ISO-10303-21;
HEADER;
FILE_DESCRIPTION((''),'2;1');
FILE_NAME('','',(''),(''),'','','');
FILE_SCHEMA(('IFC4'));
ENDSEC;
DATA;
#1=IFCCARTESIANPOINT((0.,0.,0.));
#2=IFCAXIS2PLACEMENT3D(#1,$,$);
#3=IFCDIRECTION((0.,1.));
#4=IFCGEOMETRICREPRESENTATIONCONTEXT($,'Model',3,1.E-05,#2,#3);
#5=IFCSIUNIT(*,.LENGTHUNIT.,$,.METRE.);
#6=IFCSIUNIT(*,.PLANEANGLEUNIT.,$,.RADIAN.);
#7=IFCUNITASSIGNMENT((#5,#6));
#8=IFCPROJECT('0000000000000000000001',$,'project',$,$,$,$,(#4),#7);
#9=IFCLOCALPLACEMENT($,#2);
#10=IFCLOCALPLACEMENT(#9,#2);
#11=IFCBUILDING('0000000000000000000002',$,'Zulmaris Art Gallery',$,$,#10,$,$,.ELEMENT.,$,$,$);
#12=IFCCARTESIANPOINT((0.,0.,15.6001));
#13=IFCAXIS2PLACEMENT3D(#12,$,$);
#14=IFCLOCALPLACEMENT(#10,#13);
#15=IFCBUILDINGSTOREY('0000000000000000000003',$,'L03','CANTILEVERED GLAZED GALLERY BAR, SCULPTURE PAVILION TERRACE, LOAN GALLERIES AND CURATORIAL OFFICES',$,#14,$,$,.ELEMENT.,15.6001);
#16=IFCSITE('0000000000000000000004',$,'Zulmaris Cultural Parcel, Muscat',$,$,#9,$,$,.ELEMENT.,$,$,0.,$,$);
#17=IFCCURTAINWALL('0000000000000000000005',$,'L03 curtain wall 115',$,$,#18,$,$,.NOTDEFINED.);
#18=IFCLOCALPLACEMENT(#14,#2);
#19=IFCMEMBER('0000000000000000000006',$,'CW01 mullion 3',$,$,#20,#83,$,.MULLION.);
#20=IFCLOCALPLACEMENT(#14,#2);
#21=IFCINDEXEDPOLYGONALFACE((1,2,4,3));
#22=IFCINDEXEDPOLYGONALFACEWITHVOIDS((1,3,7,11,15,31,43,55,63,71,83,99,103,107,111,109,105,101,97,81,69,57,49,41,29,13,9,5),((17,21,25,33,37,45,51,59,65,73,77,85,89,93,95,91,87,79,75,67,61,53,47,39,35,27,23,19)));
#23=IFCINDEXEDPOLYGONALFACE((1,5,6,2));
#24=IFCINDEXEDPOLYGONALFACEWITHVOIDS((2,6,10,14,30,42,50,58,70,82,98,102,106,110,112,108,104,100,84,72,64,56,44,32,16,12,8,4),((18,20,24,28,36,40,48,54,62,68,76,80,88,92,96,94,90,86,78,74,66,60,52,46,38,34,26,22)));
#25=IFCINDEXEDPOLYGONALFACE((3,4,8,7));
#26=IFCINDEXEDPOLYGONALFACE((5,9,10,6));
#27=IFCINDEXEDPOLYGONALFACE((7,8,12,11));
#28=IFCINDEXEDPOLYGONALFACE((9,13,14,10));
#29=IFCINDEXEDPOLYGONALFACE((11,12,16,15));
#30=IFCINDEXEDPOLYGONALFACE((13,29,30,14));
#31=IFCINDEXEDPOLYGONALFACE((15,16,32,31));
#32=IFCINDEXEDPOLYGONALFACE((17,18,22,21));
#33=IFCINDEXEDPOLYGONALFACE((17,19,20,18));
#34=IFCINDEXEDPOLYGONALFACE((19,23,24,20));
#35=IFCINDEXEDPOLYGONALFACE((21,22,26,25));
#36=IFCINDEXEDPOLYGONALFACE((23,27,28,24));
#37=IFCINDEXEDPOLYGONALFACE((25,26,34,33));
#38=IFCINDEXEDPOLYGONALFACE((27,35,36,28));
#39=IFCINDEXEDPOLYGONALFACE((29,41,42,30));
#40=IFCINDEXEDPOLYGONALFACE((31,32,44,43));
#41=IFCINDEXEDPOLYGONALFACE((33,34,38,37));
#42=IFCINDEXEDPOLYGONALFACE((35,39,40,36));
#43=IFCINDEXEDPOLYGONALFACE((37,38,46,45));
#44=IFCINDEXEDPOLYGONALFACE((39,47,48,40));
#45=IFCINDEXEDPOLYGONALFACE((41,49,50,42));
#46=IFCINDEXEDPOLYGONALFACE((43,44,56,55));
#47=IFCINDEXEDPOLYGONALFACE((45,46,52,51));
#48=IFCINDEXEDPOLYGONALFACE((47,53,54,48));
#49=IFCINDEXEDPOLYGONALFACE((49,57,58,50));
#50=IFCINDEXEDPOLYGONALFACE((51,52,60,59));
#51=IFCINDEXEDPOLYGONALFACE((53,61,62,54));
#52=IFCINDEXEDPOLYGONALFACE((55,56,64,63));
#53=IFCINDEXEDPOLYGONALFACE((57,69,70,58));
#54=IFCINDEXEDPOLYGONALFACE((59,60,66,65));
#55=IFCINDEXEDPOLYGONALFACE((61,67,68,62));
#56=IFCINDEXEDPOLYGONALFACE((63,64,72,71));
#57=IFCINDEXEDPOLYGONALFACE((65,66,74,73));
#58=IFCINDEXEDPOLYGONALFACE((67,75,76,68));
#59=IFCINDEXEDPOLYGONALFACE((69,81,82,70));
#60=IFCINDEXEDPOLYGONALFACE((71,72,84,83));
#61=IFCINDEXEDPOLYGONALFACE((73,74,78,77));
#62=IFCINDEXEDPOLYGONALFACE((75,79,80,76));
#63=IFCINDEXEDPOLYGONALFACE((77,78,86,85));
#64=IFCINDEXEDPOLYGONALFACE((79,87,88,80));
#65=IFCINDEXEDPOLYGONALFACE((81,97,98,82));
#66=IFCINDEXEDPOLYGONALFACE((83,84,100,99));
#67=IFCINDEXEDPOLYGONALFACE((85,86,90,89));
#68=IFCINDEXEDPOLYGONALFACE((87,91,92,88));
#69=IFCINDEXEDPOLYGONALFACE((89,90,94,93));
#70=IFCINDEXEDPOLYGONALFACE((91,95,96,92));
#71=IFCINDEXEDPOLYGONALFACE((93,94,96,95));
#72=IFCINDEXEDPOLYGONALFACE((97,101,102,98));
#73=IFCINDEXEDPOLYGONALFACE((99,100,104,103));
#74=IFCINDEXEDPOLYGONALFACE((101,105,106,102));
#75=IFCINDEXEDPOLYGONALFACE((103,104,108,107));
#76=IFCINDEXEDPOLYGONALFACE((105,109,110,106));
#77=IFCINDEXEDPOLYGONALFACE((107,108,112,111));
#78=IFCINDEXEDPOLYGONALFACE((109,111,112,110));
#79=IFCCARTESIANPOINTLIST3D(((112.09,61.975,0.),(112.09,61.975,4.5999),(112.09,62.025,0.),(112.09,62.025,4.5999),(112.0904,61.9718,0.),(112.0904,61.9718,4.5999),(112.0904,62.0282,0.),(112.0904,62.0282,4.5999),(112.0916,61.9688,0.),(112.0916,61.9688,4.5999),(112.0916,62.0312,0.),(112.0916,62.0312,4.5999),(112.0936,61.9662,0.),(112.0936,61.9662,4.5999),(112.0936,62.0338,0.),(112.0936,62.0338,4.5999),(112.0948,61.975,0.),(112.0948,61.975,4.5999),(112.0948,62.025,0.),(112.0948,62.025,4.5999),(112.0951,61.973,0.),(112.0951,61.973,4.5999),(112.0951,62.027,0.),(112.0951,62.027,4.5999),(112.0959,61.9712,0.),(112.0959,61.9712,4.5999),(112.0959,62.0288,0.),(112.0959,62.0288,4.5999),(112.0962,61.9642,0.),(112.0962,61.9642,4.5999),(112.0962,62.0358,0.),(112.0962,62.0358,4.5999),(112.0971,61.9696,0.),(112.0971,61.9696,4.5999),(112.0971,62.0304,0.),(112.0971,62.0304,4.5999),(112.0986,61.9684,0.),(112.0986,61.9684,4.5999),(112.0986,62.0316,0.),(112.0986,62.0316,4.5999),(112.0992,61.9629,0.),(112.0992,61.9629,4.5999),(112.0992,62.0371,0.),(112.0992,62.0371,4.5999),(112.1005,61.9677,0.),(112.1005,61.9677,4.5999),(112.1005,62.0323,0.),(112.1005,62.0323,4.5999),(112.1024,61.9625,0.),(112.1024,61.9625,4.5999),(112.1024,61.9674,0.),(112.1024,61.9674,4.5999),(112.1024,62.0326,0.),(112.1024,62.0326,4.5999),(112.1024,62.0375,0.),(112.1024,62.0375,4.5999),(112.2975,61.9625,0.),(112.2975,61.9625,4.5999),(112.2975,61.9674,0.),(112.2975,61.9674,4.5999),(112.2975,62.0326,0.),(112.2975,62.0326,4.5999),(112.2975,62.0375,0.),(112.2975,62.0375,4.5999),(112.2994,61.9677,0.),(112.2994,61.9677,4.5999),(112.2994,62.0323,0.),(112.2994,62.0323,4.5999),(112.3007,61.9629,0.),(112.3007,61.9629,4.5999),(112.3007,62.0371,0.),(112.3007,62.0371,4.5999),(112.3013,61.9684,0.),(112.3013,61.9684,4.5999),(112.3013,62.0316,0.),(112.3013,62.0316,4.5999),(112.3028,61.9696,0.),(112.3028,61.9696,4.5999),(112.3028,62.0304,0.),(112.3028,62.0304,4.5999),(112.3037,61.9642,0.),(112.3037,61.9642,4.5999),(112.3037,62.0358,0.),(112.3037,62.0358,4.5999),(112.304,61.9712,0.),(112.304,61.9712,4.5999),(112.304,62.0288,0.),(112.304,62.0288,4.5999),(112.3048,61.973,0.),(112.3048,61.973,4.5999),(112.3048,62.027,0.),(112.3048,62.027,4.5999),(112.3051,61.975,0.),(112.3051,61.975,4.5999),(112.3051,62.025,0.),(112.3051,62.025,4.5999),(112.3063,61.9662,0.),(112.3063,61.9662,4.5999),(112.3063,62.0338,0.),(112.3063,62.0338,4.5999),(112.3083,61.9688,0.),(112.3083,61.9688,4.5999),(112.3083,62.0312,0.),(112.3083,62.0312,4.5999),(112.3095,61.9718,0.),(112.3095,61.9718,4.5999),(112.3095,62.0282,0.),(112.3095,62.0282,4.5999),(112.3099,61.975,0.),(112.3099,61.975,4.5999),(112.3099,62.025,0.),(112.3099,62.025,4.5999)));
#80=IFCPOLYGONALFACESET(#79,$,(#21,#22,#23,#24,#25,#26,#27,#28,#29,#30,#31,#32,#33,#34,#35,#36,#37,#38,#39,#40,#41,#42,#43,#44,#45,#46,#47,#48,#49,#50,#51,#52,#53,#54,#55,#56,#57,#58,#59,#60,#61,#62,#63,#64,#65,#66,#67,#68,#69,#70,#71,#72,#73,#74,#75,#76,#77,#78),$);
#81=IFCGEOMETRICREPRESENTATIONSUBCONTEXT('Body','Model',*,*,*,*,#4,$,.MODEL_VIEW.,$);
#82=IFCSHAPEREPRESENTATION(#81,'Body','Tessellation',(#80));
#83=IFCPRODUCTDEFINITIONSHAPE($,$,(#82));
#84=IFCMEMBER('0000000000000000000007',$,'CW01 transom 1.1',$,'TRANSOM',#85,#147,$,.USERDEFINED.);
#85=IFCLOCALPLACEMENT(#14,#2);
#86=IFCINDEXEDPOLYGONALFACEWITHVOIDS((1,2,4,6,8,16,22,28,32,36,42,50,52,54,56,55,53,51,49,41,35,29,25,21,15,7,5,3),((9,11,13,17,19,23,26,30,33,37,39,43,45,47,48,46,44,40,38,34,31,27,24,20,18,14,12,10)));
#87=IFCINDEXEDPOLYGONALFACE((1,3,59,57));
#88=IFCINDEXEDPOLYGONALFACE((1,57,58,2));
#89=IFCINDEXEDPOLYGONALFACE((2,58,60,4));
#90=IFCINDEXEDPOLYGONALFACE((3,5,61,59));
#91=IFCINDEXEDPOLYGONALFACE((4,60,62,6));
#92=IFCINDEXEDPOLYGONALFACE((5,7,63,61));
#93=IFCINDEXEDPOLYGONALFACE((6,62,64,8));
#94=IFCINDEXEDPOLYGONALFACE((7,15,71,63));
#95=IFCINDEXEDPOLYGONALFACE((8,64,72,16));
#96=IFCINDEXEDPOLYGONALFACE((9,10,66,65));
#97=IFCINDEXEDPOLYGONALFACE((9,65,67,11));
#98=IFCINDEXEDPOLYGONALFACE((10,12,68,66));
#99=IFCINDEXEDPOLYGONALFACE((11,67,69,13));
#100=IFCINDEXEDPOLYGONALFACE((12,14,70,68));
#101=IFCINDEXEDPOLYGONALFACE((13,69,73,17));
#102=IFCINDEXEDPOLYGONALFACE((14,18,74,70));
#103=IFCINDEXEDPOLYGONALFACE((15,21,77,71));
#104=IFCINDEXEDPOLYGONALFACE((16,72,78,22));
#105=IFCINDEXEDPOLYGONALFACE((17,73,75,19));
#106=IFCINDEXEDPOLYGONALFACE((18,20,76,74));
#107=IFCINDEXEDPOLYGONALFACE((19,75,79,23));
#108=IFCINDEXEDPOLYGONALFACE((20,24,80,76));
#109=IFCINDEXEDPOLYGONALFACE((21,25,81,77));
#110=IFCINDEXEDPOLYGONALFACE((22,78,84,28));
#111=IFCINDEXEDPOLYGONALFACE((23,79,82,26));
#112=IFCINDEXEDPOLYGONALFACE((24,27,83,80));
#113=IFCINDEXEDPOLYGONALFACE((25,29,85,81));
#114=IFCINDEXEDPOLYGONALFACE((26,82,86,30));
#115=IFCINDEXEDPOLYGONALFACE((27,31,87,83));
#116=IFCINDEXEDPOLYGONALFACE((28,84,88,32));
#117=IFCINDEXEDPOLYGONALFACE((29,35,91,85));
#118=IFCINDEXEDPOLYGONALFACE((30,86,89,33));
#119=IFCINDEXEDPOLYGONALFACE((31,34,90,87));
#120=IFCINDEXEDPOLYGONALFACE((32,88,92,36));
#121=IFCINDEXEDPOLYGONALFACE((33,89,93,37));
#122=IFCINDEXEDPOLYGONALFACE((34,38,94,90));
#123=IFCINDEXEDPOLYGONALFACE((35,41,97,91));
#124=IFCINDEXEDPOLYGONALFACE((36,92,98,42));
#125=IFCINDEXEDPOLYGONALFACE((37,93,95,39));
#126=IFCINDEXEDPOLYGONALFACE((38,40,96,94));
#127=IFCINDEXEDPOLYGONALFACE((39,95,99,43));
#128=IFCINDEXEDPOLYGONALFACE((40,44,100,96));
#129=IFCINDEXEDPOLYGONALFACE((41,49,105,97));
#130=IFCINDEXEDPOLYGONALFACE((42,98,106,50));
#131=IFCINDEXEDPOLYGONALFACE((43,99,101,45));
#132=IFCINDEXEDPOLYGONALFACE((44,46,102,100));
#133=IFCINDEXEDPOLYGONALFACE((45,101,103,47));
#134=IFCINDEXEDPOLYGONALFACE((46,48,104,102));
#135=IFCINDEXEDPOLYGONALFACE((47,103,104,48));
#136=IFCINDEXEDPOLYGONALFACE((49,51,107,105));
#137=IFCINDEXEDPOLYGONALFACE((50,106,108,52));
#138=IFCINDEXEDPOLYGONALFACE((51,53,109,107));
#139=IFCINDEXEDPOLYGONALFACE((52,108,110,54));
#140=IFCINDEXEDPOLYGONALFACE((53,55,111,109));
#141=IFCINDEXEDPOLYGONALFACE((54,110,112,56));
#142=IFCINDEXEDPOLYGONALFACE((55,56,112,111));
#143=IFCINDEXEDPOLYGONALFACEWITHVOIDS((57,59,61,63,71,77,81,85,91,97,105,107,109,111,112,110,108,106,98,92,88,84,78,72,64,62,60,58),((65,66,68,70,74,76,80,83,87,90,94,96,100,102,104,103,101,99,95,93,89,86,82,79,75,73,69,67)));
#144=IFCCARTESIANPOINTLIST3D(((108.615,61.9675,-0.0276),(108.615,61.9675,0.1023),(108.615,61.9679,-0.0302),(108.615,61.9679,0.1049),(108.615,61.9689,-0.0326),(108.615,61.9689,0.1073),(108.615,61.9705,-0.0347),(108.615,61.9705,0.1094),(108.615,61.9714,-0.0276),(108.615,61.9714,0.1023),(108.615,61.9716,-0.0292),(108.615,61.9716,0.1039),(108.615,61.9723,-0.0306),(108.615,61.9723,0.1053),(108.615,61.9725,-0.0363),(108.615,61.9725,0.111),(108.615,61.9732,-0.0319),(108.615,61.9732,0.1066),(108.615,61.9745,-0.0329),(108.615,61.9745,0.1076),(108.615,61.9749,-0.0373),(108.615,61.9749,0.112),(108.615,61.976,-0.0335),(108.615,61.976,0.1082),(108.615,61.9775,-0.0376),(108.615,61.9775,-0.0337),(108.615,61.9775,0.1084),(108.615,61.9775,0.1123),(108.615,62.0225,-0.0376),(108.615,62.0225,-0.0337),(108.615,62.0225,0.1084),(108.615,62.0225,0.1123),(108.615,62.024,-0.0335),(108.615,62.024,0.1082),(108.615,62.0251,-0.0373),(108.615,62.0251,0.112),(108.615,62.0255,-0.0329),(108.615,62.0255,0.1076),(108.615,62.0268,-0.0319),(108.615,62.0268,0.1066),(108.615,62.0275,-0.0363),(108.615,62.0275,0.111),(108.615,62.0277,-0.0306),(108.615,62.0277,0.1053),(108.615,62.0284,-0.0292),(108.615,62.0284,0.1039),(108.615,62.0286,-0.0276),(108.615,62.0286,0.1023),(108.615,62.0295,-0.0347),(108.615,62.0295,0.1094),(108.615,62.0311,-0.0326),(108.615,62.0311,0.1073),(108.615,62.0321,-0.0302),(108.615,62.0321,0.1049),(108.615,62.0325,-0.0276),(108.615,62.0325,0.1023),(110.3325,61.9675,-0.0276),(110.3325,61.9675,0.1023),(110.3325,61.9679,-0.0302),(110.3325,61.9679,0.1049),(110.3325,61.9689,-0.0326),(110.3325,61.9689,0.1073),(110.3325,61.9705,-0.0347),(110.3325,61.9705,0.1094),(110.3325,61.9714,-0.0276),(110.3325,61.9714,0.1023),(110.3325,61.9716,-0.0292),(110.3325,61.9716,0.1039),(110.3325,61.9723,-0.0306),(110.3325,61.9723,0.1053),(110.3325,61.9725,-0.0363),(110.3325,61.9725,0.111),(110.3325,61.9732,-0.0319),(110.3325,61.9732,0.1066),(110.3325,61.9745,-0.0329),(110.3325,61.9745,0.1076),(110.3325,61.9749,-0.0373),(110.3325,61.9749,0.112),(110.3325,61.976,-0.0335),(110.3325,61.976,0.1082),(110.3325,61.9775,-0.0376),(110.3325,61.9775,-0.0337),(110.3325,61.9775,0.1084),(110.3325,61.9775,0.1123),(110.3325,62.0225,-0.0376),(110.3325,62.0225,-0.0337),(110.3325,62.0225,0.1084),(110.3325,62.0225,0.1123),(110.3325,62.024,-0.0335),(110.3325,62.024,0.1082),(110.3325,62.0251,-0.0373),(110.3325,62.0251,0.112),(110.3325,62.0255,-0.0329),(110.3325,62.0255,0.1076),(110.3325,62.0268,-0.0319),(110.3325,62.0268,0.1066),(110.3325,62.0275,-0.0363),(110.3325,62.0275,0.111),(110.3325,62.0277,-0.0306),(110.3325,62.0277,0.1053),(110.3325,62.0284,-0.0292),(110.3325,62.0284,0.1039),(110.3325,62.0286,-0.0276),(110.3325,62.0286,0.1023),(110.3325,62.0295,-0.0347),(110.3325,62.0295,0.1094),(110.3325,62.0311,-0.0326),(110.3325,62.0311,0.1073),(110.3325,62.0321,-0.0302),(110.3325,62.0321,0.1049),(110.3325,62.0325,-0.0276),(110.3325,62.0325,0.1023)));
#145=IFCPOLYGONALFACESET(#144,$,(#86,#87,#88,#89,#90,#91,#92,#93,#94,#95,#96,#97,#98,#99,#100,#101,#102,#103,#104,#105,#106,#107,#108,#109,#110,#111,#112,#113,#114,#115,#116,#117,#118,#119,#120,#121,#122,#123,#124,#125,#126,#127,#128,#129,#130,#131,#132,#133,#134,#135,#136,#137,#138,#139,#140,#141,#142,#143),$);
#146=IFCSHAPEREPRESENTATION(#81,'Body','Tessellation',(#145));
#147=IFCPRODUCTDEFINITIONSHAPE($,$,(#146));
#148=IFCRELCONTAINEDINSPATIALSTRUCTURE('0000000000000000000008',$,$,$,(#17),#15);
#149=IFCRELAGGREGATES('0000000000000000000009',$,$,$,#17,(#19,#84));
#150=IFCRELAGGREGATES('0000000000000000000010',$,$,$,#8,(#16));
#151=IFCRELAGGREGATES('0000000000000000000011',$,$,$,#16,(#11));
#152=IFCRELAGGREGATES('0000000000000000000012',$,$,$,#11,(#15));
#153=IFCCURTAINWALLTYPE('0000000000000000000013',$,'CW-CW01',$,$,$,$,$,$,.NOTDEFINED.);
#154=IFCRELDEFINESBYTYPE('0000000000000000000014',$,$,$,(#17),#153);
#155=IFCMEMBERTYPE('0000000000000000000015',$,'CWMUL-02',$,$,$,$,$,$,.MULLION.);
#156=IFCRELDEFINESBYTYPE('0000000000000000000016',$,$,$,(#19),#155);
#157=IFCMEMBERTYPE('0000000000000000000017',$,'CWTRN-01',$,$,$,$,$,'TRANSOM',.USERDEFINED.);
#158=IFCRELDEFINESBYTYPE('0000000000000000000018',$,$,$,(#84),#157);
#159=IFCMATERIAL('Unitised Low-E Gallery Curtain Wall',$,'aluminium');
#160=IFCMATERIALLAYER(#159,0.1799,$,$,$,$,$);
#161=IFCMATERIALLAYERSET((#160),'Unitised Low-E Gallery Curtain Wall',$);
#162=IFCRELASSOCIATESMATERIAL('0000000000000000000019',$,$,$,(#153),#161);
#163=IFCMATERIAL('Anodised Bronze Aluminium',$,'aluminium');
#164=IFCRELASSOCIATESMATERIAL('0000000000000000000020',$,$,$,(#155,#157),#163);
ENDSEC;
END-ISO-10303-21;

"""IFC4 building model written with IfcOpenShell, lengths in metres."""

from ifc_helpers import new_model, si_unit, direction, frame, origin, origin_2d, place, context, subcontext, project, spatial, hollow_rectangle, extrude, material, layer, layer_set, material_profile, profile_set, type_object, element, aggregate, save


model = new_model("IFC4")

# Units and contexts
model_context = context("Model", 3, precision=1e-05, world=origin(), true_north=direction((0.0, 1.0)))
body_context = subcontext(model_context, "Body", "Model", "MODEL_VIEW")
ifc_project = project(units=[si_unit("LENGTHUNIT", "METRE"), si_unit("PLANEANGLEUNIT", "RADIAN")], contexts=[model_context])

# Site, building, storey
site_placement = place(None, origin())
site = spatial("IfcSite", under=ifc_project, at=site_placement, Name="Zulmaris Cultural Parcel, Muscat", CompositionType="ELEMENT", RefElevation=0.0)
building_placement = place(site_placement, origin())
building = spatial("IfcBuilding", under=site, at=building_placement, Name="Zulmaris Art Gallery", CompositionType="ELEMENT")
storey_placement = place(building_placement, frame((0.0, 0.0, 15.6001)))
storey = spatial("IfcBuildingStorey", under=building, at=storey_placement, Name="L03", Description="CANTILEVERED GLAZED GALLERY BAR, SCULPTURE PAVILION TERRACE, LOAN GALLERIES AND CURATORIAL OFFICES", CompositionType="ELEMENT", Elevation=15.6001)

# Curtain wall, members
ifc_material_1 = material(Name="Unitised Low-E Gallery Curtain Wall", Category="aluminium")
ifc_layer_1 = layer(ifc_material_1, 0.1799)
ifc_layer_set_1 = layer_set([ifc_layer_1], Name="Unitised Low-E Gallery Curtain Wall")
curtain_wall_type = type_object("IfcCurtainWallType", Name="CW-CW01", PredefinedType="NOTDEFINED", material=ifc_layer_set_1)
curtain_wall_placement = place(storey_placement, origin())
curtain_wall = element("IfcCurtainWall", 1, at=curtain_wall_placement, inside=storey, type_object=curtain_wall_type, Name="L03 curtain wall 115", PredefinedType="NOTDEFINED")
ifc_material_2 = material(Name="Anodised Bronze Aluminium", Category="aluminium")
ifc_material_profile_1 = material_profile(ifc_material_2, hollow_rectangle(XDim=0.075, YDim=0.22, WallThickness=0.0049, InnerFilletRadius=0.0076, OuterFilletRadius=0.0125, at=origin_2d()), Name="ALU 75x220x5")
ifc_profile_set_1 = profile_set([ifc_material_profile_1], Name="Anodised Bronze Aluminium")
member_type_1 = type_object("IfcMemberType", Name="CWMUL-02", PredefinedType="MULLION", material=ifc_profile_set_1)
member_1_placement = place(storey_placement, frame((112.2, 62.0, 0.0), z_axis=(0.0, 0.0, 1.0), x_axis=(0.0, 1.0, 0.0)))
member_1 = element("IfcMember", 2, at=member_1_placement, type_object=member_type_1, Name="CW01 mullion 3", PredefinedType="MULLION", context=body_context, shape_type="SweptSolid", body=[
    extrude(hollow_rectangle(XDim=0.075, YDim=0.22, WallThickness=0.0049, InnerFilletRadius=0.0076, OuterFilletRadius=0.0125, at=origin_2d()), origin(), (0.0, 0.0, 1.0), 4.5999),
])
ifc_material_profile_2 = material_profile(ifc_material_2, hollow_rectangle(XDim=0.0649, YDim=0.1499, WallThickness=0.0039, InnerFilletRadius=0.0061, OuterFilletRadius=0.01, at=origin_2d()), Name="ALU 65x150x4")
ifc_profile_set_2 = profile_set([ifc_material_profile_2], Name="Anodised Bronze Aluminium")
member_type_2 = type_object("IfcMemberType", Name="CWTRN-01", ElementType="TRANSOM", PredefinedType="USERDEFINED", material=ifc_profile_set_2)
member_2_placement = place(storey_placement, frame((108.615, 62.0, 0.0374), z_axis=(1.0, 0.0, 0.0), x_axis=(0.0, 1.0, 0.0)))
member_2 = element("IfcMember", 3, at=member_2_placement, type_object=member_type_2, Name="CW01 transom 1.1", ObjectType="TRANSOM", PredefinedType="USERDEFINED", context=body_context, shape_type="SweptSolid", body=[
    extrude(hollow_rectangle(XDim=0.0649, YDim=0.1499, WallThickness=0.0039, InnerFilletRadius=0.0061, OuterFilletRadius=0.01, at=origin_2d()), origin(), (0.0, 0.0, 1.0), 1.7175),
])
aggregate(curtain_wall, [member_1, member_2])

save(model, "model.ifc")
